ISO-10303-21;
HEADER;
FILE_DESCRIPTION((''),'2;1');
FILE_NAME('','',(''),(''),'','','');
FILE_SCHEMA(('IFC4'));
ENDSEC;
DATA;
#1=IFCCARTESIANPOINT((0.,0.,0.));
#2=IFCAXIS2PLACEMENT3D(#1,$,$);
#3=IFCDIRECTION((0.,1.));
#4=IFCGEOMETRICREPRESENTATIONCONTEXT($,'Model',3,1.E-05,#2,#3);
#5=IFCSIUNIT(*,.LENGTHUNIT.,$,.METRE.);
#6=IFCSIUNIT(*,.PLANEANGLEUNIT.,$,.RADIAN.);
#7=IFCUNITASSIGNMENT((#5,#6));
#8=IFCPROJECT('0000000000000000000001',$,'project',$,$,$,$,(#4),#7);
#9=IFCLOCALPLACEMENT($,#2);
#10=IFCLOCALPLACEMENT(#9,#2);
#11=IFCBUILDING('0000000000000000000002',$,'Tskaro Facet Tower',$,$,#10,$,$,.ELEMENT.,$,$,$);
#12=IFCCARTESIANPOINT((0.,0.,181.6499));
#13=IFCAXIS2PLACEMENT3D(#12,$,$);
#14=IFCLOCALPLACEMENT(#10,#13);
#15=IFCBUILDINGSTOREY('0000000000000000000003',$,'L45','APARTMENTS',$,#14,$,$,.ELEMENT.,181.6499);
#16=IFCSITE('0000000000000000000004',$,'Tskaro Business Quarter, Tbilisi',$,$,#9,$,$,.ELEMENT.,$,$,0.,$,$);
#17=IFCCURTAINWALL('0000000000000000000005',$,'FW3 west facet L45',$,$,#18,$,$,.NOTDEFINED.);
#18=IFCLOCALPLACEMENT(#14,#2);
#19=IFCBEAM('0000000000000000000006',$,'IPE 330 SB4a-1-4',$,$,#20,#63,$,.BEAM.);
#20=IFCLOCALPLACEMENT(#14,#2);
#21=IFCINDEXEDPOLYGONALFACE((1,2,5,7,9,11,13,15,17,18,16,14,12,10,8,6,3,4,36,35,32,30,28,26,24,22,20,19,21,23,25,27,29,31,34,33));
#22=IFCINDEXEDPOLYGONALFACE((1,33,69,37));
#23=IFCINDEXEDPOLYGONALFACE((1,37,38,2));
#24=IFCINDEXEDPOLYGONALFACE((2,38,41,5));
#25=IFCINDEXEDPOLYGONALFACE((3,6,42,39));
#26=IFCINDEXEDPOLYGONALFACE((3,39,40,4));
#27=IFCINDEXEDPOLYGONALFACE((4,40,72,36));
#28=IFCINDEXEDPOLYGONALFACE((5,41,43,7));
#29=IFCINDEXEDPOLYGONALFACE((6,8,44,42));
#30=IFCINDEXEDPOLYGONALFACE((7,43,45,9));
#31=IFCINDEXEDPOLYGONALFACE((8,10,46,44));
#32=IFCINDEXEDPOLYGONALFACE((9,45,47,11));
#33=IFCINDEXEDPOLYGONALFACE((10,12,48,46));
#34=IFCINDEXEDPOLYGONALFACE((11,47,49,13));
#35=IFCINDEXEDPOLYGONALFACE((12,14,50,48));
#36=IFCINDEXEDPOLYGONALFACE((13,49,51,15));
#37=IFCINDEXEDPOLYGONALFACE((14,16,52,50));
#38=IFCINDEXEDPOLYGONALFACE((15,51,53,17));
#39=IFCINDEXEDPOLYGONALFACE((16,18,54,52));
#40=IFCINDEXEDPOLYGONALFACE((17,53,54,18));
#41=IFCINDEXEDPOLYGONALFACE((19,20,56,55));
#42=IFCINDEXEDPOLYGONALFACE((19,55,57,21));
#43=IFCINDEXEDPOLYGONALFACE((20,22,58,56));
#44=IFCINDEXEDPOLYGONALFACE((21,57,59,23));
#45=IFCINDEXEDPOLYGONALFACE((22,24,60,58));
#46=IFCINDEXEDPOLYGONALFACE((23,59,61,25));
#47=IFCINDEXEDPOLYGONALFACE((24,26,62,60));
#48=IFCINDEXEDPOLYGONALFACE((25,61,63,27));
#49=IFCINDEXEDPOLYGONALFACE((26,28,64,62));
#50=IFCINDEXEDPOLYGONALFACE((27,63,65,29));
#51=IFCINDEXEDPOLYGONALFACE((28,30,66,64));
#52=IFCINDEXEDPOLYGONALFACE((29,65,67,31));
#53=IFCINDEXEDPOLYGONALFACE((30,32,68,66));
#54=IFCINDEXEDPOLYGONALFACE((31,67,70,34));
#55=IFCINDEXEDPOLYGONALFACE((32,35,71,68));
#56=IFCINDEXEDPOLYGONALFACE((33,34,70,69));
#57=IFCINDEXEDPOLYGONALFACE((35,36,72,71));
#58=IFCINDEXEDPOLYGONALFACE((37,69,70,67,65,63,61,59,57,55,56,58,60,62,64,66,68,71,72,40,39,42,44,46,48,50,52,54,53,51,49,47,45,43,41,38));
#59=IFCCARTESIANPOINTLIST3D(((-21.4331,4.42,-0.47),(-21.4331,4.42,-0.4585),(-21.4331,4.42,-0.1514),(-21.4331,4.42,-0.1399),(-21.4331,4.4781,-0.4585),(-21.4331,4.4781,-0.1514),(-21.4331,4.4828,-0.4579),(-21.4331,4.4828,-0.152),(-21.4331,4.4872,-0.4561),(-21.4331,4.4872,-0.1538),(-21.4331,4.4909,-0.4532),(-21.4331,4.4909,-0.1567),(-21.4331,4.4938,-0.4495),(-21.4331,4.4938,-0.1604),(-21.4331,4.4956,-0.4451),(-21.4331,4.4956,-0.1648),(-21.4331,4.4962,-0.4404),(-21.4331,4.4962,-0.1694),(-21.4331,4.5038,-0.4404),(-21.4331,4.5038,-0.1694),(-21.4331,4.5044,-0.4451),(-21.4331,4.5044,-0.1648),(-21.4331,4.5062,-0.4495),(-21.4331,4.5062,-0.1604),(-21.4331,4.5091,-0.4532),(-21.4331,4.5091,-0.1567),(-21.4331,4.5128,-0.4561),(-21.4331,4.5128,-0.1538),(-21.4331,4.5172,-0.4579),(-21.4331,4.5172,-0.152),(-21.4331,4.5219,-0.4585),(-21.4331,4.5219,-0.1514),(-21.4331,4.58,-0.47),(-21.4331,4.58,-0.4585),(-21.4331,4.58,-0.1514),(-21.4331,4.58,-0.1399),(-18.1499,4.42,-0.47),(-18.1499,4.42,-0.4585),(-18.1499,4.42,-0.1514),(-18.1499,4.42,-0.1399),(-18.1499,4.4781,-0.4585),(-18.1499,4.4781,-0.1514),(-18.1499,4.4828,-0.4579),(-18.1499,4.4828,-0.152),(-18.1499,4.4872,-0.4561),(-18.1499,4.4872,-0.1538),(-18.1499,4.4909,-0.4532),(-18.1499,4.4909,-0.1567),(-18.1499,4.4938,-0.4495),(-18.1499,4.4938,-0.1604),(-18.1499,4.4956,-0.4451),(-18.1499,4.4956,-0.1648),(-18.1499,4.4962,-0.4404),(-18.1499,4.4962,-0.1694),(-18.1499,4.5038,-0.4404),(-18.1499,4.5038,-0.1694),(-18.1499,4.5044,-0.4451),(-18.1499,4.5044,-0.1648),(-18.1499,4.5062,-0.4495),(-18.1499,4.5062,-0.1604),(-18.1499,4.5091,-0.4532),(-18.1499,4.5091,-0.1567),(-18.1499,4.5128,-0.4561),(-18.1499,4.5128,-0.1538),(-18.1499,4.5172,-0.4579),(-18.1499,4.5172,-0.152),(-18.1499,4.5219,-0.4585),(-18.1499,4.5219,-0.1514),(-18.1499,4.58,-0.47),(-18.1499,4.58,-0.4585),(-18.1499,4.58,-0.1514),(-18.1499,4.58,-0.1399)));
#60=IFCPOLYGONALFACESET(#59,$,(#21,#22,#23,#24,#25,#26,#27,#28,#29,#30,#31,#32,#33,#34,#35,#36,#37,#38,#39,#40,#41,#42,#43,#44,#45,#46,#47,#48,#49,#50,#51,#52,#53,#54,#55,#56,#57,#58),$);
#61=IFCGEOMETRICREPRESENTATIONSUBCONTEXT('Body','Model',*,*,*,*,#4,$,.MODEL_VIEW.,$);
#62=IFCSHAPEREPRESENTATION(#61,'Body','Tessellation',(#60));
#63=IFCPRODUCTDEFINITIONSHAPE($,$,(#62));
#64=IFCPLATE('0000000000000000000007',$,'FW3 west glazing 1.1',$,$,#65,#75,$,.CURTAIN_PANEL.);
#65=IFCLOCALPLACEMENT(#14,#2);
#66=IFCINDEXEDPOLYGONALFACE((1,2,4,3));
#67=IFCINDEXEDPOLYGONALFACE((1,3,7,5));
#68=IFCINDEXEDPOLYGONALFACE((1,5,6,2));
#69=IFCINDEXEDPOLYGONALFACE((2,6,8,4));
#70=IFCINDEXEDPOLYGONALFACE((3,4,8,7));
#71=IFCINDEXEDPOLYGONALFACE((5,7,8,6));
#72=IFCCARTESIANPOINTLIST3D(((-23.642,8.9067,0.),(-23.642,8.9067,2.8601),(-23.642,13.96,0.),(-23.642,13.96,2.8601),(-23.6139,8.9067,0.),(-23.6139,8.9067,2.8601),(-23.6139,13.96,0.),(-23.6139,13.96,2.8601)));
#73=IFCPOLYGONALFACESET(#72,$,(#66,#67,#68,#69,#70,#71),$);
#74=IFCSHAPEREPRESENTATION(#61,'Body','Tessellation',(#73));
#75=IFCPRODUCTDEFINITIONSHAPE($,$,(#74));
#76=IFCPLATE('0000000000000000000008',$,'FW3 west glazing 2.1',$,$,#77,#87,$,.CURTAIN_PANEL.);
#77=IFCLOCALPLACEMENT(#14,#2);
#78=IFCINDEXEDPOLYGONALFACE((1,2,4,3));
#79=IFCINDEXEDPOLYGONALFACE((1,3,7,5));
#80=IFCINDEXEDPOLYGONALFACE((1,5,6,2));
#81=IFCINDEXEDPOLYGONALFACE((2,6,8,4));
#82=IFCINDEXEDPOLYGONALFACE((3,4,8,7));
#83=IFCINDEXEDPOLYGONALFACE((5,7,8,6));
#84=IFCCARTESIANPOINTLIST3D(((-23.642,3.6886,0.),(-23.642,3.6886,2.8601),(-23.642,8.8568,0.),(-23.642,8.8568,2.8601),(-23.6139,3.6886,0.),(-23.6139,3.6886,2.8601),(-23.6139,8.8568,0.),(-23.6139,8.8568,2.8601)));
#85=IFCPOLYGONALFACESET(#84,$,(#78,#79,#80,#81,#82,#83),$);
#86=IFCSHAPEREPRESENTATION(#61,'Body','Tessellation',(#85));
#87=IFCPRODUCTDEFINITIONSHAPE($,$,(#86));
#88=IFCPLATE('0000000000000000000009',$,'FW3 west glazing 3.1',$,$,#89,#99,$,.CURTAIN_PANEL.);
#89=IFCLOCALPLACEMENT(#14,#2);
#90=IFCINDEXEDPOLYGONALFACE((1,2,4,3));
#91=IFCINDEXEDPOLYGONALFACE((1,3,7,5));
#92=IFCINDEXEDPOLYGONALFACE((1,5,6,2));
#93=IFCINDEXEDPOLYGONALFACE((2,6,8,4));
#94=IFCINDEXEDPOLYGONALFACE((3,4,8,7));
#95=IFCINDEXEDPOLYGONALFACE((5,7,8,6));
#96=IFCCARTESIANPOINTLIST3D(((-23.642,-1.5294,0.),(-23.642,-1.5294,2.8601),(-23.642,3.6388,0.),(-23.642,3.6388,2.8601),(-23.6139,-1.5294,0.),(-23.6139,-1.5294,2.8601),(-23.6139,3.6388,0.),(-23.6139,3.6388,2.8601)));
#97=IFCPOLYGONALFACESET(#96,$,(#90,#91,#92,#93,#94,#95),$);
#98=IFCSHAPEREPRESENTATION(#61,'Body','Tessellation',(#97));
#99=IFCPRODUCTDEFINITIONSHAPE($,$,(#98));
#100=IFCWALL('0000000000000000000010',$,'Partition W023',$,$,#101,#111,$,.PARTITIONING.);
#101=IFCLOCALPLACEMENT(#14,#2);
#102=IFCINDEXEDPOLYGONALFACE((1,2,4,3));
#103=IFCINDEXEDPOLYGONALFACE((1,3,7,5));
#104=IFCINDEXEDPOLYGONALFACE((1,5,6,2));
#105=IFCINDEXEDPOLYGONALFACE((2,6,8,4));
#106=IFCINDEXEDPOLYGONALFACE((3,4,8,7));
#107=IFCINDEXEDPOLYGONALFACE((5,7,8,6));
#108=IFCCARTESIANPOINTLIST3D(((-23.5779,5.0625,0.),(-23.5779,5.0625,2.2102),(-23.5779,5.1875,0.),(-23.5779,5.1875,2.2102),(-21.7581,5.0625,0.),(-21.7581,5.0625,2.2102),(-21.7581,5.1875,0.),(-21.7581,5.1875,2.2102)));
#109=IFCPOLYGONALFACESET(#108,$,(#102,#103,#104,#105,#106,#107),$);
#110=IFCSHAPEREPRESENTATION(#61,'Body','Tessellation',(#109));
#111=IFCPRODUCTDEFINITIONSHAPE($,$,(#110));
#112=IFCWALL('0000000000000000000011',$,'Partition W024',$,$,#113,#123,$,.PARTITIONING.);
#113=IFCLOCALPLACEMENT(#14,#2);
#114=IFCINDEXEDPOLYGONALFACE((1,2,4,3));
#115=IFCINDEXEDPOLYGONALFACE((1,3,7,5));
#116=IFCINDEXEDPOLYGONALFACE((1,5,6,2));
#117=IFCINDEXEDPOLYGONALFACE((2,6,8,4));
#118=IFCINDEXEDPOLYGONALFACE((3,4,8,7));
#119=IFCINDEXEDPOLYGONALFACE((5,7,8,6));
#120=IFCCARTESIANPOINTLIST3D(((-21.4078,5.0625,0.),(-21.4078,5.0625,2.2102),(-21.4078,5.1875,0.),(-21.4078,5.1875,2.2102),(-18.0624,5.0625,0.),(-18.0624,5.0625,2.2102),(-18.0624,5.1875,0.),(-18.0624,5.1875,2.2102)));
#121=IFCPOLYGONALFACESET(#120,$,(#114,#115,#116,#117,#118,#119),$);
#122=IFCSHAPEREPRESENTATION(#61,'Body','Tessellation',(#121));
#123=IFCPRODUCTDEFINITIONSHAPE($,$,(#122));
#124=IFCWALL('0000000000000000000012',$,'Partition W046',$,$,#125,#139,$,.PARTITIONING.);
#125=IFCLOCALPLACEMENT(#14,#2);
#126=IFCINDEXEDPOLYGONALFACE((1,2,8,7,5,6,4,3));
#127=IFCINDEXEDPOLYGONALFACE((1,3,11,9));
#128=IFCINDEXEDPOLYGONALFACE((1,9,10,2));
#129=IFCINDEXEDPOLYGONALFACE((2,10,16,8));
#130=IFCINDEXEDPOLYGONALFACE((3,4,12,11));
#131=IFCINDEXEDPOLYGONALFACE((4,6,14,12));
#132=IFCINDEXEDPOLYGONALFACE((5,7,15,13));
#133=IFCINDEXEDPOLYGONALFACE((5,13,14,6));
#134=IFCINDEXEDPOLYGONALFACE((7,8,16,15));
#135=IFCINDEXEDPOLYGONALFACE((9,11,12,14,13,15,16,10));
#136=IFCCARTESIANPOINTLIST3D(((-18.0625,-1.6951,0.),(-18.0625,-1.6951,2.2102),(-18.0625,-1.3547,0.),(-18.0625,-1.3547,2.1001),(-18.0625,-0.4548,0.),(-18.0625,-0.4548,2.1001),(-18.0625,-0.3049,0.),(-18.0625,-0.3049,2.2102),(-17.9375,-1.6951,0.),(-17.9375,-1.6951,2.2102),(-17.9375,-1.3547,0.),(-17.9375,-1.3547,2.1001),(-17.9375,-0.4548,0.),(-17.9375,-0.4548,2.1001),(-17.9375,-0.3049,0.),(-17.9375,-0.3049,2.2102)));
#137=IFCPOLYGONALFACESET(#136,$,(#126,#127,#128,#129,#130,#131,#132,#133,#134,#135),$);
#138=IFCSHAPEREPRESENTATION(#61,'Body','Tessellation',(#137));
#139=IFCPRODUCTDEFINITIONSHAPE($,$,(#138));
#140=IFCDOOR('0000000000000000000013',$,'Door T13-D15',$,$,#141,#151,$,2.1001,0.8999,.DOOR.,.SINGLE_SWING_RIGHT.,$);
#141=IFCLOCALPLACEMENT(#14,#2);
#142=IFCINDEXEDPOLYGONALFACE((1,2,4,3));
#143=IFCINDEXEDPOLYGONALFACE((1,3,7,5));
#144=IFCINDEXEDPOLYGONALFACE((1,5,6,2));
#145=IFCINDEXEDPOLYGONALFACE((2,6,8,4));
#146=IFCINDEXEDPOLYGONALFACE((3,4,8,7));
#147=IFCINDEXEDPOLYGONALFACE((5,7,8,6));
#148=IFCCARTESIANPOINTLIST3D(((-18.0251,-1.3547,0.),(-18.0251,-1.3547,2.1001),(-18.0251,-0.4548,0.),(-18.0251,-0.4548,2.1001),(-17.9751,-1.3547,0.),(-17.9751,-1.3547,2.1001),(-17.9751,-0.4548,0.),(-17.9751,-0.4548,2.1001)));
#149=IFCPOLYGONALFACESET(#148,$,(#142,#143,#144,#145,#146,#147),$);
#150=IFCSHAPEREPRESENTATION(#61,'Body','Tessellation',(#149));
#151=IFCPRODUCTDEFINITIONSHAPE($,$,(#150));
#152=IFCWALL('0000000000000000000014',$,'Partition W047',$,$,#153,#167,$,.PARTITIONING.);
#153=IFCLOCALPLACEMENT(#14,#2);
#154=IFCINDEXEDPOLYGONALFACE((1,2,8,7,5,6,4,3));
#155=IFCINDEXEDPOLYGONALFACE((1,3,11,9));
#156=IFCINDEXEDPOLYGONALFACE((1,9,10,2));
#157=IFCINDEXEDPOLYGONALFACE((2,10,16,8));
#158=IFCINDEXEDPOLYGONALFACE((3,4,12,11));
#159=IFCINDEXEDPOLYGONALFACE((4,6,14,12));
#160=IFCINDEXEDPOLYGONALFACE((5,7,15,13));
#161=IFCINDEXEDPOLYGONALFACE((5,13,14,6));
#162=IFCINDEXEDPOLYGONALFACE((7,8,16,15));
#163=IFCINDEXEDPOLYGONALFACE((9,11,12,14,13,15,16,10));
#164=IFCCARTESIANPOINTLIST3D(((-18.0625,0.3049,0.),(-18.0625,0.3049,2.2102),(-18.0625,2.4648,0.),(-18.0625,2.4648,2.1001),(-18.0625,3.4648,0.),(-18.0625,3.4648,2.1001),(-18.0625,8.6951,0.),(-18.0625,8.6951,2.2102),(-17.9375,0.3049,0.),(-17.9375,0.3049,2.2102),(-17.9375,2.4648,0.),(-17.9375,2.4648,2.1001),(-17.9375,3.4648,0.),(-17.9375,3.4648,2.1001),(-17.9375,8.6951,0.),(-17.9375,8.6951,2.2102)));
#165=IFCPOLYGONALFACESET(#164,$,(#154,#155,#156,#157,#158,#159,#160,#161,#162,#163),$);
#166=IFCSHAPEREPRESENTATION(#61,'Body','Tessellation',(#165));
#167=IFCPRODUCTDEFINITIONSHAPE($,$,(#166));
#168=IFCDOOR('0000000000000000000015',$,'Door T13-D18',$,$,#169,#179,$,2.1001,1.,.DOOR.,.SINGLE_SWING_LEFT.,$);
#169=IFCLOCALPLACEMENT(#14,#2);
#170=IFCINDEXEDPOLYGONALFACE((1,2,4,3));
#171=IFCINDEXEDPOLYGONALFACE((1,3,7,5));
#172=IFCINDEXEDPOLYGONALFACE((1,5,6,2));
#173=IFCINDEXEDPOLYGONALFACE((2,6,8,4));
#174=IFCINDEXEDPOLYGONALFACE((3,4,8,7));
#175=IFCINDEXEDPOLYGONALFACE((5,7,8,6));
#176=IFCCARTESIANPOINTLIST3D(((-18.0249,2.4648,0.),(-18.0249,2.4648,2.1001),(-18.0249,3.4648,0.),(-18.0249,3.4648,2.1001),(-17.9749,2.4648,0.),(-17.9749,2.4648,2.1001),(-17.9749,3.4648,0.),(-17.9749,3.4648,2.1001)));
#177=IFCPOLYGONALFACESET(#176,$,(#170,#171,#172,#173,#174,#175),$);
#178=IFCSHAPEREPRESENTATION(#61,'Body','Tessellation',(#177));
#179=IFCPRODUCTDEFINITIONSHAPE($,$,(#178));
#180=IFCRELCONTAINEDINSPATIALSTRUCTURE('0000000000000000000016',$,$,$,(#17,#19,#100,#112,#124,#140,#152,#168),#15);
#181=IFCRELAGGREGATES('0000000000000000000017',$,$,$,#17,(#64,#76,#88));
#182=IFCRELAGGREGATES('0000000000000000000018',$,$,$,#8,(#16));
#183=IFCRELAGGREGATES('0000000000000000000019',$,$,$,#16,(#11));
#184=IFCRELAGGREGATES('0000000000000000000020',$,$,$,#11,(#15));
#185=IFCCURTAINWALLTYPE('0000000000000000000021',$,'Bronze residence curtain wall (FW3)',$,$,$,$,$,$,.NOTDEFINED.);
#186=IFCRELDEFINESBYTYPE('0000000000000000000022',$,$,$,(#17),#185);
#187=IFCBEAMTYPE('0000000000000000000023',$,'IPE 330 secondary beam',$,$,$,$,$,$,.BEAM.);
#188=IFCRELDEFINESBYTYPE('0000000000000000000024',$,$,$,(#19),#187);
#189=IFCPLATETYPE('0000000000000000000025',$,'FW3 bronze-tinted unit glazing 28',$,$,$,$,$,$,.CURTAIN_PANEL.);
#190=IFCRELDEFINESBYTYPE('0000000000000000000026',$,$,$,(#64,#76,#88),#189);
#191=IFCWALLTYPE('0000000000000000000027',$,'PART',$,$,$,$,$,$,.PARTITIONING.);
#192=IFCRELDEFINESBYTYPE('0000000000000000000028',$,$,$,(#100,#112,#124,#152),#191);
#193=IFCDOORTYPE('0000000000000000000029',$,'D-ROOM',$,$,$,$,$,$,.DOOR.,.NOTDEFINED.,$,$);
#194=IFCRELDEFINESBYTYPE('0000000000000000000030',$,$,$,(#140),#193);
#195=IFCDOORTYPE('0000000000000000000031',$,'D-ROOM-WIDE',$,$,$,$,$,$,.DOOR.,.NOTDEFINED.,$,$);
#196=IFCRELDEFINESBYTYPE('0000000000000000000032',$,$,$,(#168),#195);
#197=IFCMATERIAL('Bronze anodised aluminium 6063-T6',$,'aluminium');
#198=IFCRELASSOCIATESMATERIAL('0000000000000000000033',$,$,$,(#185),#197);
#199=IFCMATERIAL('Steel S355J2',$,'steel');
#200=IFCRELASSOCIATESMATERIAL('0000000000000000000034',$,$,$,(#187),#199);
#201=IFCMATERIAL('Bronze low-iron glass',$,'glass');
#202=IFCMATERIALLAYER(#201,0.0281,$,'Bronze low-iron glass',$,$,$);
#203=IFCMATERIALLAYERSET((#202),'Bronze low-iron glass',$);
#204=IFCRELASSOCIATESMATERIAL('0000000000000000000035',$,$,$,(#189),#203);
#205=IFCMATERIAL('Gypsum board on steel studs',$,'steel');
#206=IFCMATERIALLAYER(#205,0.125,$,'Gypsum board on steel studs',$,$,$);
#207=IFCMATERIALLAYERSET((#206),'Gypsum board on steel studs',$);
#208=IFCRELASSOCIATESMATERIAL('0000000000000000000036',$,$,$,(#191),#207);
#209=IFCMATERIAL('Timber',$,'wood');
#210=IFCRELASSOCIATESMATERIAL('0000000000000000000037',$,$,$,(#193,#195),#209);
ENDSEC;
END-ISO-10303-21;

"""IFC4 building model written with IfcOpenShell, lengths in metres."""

from ifc_helpers import new_model, si_unit, direction, frame, frame_2d, origin, origin_2d, place, context, subcontext, project, spatial, rectangle, i_section, extrude, material, layer, layer_set, material_profile, profile_set, type_object, element, fill, aggregate, save


model = new_model("IFC4")

# Units and contexts
model_context = context("Model", 3, precision=1e-05, world=origin(), true_north=direction((0.0, 1.0)))
body_context = subcontext(model_context, "Body", "Model", "MODEL_VIEW")
ifc_project = project(units=[si_unit("LENGTHUNIT", "METRE"), si_unit("PLANEANGLEUNIT", "RADIAN")], contexts=[model_context])

# Site, building, storey
site_placement = place(None, origin())
site = spatial("IfcSite", under=ifc_project, at=site_placement, Name="Tskaro Business Quarter, Tbilisi", CompositionType="ELEMENT", RefElevation=0.0)
building_placement = place(site_placement, origin())
building = spatial("IfcBuilding", under=site, at=building_placement, Name="Tskaro Facet Tower", CompositionType="ELEMENT")
storey_placement = place(building_placement, frame((0.0, 0.0, 181.6499)))
storey = spatial("IfcBuildingStorey", under=building, at=storey_placement, Name="L45", Description="APARTMENTS", CompositionType="ELEMENT", Elevation=181.6499)

# Curtain wall
ifc_material_1 = material(Name="Bronze anodised aluminium 6063-T6", Category="aluminium")
curtain_wall_type = type_object("IfcCurtainWallType", Name="Bronze residence curtain wall (FW3)", PredefinedType="NOTDEFINED", material=ifc_material_1)
curtain_wall_placement = place(storey_placement, origin())
curtain_wall = element("IfcCurtainWall", 1, at=curtain_wall_placement, inside=storey, type_object=curtain_wall_type, Name="FW3 west facet L45", PredefinedType="NOTDEFINED")

# Beam
ifc_material_2 = material(Name="Steel S355J2", Category="steel")
ifc_material_profile_1 = material_profile(ifc_material_2, i_section(OverallWidth=0.1599, OverallDepth=0.3301, WebThickness=0.0076, FlangeThickness=0.0115, FilletRadius=0.0181, at=origin_2d()), Name="IPE 330")
ifc_profile_set_1 = profile_set([ifc_material_profile_1], Name="Steel S355J2")
beam_type_1 = type_object("IfcBeamType", Name="IPE 330 secondary beam", PredefinedType="BEAM", material=ifc_profile_set_1)
beam_1_placement = place(storey_placement, frame((-21.4331, 4.5, -0.3049), z_axis=(1.0, 0.0, 0.0), x_axis=(0.0, 1.0, 0.0)))
element("IfcBeam", 2, at=beam_1_placement, inside=storey, type_object=beam_type_1, Name="IPE 330 SB4a-1-4", PredefinedType="BEAM", context=body_context, shape_type="SweptSolid", body=[
    extrude(i_section(OverallWidth=0.1599, OverallDepth=0.3301, WebThickness=0.0076, FlangeThickness=0.0115, FilletRadius=0.0181, at=origin_2d()), origin(), (0.0, 0.0, 1.0), 3.2832),
])

# Plates
ifc_material_3 = material(Name="Bronze low-iron glass", Category="glass")
ifc_layer_1 = layer(ifc_material_3, 0.0281, Name="Bronze low-iron glass")
ifc_layer_set_1 = layer_set([ifc_layer_1], Name="Bronze low-iron glass")
plate_type = type_object("IfcPlateType", Name="FW3 bronze-tinted unit glazing 28", PredefinedType="CURTAIN_PANEL", material=ifc_layer_set_1)
plate_1_placement = place(storey_placement, frame((-23.6279, 11.4333, 0.0), z_axis=(0.0, 0.0, 1.0), x_axis=(0.0, -1.0, 0.0)))
plate_1 = element("IfcPlate", 3, at=plate_1_placement, type_object=plate_type, Name="FW3 west glazing 1.1", PredefinedType="CURTAIN_PANEL", context=body_context, shape_type="SweptSolid", body=[
    extrude(rectangle(XDim=5.0532, YDim=0.0281, at=origin_2d()), origin(), (0.0, 0.0, 1.0), 2.8601),
])
plate_2_placement = place(storey_placement, frame((-23.6279, 6.2727, 0.0), z_axis=(0.0, 0.0, 1.0), x_axis=(0.0, -1.0, 0.0)))
plate_2 = element("IfcPlate", 4, at=plate_2_placement, type_object=plate_type, Name="FW3 west glazing 2.1", PredefinedType="CURTAIN_PANEL", context=body_context, shape_type="SweptSolid", body=[
    extrude(rectangle(XDim=5.1682, YDim=0.0281, at=origin_2d()), origin(), (0.0, 0.0, 1.0), 2.8601),
])
plate_3_placement = place(storey_placement, frame((-23.6279, 1.0547, 0.0), z_axis=(0.0, 0.0, 1.0), x_axis=(0.0, -1.0, 0.0)))
plate_3 = element("IfcPlate", 5, at=plate_3_placement, type_object=plate_type, Name="FW3 west glazing 3.1", PredefinedType="CURTAIN_PANEL", context=body_context, shape_type="SweptSolid", body=[
    extrude(rectangle(XDim=5.1682, YDim=0.0281, at=origin_2d()), origin(), (0.0, 0.0, 1.0), 2.8601),
])
aggregate(curtain_wall, [plate_1, plate_2, plate_3])

# Walls
ifc_material_4 = material(Name="Gypsum board on steel studs", Category="steel")
ifc_layer_2 = layer(ifc_material_4, 0.125, Name="Gypsum board on steel studs")
ifc_layer_set_2 = layer_set([ifc_layer_2], Name="Gypsum board on steel studs")
wall_type = type_object("IfcWallType", Name="PART", PredefinedType="PARTITIONING", material=ifc_layer_set_2)
wall_1_placement = place(storey_placement, frame((-23.5779, 5.125, 0.0), z_axis=(0.0, 0.0, 1.0), x_axis=(1.0, 0.0, 0.0)))
element("IfcWall", 6, at=wall_1_placement, inside=storey, type_object=wall_type, Name="Partition W023", PredefinedType="PARTITIONING", context=body_context, shape_type="SweptSolid", body=[
    extrude(rectangle(XDim=1.8198, YDim=0.125, at=frame_2d((0.9099, 0.0))), origin(), (0.0, 0.0, 1.0), 2.2102),
])
wall_2_placement = place(storey_placement, frame((-21.408, 5.125, 0.0), z_axis=(0.0, 0.0, 1.0), x_axis=(1.0, 0.0, 0.0)))
element("IfcWall", 7, at=wall_2_placement, inside=storey, type_object=wall_type, Name="Partition W024", PredefinedType="PARTITIONING", context=body_context, shape_type="SweptSolid", body=[
    extrude(rectangle(XDim=3.3455, YDim=0.125, at=frame_2d((1.6729, 0.0))), origin(), (0.0, 0.0, 1.0), 2.2102),
])

# Walls, openings, doors
wall_3_placement = place(storey_placement, frame((-18.0, -0.3049, 0.0), z_axis=(0.0, 0.0, 1.0), x_axis=(0.0, -1.0, 0.0)))
wall_3 = element("IfcWall", 8, at=wall_3_placement, inside=storey, type_object=wall_type, Name="Partition W046", PredefinedType="PARTITIONING", context=body_context, shape_type="SweptSolid", body=[
    extrude(rectangle(XDim=1.3901, YDim=0.125, at=frame_2d((0.6951, 0.0))), origin(), (0.0, 0.0, 1.0), 2.2102),
])
opening_1_placement = place(wall_3_placement, frame((0.1499, 0.0, 0.0)))
opening_1 = element("IfcOpeningElement", 9, at=opening_1_placement, cuts=wall_3, PredefinedType="OPENING", context=body_context, shape_type="SweptSolid", body=[
    extrude(rectangle(XDim=0.8999, YDim=2.1001, at=frame_2d((0.45, 1.05))), frame((0.0, 0.0725, 0.0), z_axis=(0.0, -1.0, 0.0), x_axis=(1.0, 0.0, 0.0)), (0.0, 0.0, 1.0), 0.145),
])
ifc_material_5 = material(Name="Timber", Category="wood")
door_type_1 = type_object("IfcDoorType", Name="D-ROOM", OperationType="NOTDEFINED", PredefinedType="DOOR", material=ifc_material_5)
door_1_placement = place(opening_1_placement, origin())
door_1 = element("IfcDoor", 10, at=door_1_placement, inside=storey, type_object=door_type_1, Name="Door T13-D15", OperationType="SINGLE_SWING_RIGHT", OverallHeight=2.1001, OverallWidth=0.8999, PredefinedType="DOOR", context=body_context, shape_type="SweptSolid", body=[
    extrude(rectangle(XDim=0.8999, YDim=2.1001, at=frame_2d((0.45, 1.05))), frame((0.0, 0.0249, 0.0), z_axis=(0.0, -1.0, 0.0), x_axis=(1.0, 0.0, 0.0)), (0.0, 0.0, 1.0), 0.05),
])
fill(opening_1, door_1)
wall_4_placement = place(storey_placement, frame((-18.0, 0.3049, 0.0), z_axis=(0.0, 0.0, 1.0), x_axis=(0.0, 1.0, 0.0)))
wall_4 = element("IfcWall", 11, at=wall_4_placement, inside=storey, type_object=wall_type, Name="Partition W047", PredefinedType="PARTITIONING", context=body_context, shape_type="SweptSolid", body=[
    extrude(rectangle(XDim=8.3901, YDim=0.125, at=frame_2d((4.1951, 0.0))), origin(), (0.0, 0.0, 1.0), 2.2102),
])
opening_2_placement = place(wall_4_placement, frame((2.1599, 0.0, 0.0)))
opening_2 = element("IfcOpeningElement", 12, at=opening_2_placement, cuts=wall_4, PredefinedType="OPENING", context=body_context, shape_type="SweptSolid", body=[
    extrude(rectangle(XDim=1.0, YDim=2.1001, at=frame_2d((0.5, 1.05))), frame((0.0, 0.0725, 0.0), z_axis=(0.0, -1.0, 0.0), x_axis=(1.0, 0.0, 0.0)), (0.0, 0.0, 1.0), 0.145),
])
door_type_2 = type_object("IfcDoorType", Name="D-ROOM-WIDE", OperationType="NOTDEFINED", PredefinedType="DOOR", material=ifc_material_5)
door_2_placement = place(opening_2_placement, origin())
door_2 = element("IfcDoor", 13, at=door_2_placement, inside=storey, type_object=door_type_2, Name="Door T13-D18", OperationType="SINGLE_SWING_LEFT", OverallHeight=2.1001, OverallWidth=1.0, PredefinedType="DOOR", context=body_context, shape_type="SweptSolid", body=[
    extrude(rectangle(XDim=1.0, YDim=2.1001, at=frame_2d((0.5, 1.05))), frame((0.0, 0.0249, 0.0), z_axis=(0.0, -1.0, 0.0), x_axis=(1.0, 0.0, 0.0)), (0.0, 0.0, 1.0), 0.05),
])
fill(opening_2, door_2)

save(model, "model.ifc")
